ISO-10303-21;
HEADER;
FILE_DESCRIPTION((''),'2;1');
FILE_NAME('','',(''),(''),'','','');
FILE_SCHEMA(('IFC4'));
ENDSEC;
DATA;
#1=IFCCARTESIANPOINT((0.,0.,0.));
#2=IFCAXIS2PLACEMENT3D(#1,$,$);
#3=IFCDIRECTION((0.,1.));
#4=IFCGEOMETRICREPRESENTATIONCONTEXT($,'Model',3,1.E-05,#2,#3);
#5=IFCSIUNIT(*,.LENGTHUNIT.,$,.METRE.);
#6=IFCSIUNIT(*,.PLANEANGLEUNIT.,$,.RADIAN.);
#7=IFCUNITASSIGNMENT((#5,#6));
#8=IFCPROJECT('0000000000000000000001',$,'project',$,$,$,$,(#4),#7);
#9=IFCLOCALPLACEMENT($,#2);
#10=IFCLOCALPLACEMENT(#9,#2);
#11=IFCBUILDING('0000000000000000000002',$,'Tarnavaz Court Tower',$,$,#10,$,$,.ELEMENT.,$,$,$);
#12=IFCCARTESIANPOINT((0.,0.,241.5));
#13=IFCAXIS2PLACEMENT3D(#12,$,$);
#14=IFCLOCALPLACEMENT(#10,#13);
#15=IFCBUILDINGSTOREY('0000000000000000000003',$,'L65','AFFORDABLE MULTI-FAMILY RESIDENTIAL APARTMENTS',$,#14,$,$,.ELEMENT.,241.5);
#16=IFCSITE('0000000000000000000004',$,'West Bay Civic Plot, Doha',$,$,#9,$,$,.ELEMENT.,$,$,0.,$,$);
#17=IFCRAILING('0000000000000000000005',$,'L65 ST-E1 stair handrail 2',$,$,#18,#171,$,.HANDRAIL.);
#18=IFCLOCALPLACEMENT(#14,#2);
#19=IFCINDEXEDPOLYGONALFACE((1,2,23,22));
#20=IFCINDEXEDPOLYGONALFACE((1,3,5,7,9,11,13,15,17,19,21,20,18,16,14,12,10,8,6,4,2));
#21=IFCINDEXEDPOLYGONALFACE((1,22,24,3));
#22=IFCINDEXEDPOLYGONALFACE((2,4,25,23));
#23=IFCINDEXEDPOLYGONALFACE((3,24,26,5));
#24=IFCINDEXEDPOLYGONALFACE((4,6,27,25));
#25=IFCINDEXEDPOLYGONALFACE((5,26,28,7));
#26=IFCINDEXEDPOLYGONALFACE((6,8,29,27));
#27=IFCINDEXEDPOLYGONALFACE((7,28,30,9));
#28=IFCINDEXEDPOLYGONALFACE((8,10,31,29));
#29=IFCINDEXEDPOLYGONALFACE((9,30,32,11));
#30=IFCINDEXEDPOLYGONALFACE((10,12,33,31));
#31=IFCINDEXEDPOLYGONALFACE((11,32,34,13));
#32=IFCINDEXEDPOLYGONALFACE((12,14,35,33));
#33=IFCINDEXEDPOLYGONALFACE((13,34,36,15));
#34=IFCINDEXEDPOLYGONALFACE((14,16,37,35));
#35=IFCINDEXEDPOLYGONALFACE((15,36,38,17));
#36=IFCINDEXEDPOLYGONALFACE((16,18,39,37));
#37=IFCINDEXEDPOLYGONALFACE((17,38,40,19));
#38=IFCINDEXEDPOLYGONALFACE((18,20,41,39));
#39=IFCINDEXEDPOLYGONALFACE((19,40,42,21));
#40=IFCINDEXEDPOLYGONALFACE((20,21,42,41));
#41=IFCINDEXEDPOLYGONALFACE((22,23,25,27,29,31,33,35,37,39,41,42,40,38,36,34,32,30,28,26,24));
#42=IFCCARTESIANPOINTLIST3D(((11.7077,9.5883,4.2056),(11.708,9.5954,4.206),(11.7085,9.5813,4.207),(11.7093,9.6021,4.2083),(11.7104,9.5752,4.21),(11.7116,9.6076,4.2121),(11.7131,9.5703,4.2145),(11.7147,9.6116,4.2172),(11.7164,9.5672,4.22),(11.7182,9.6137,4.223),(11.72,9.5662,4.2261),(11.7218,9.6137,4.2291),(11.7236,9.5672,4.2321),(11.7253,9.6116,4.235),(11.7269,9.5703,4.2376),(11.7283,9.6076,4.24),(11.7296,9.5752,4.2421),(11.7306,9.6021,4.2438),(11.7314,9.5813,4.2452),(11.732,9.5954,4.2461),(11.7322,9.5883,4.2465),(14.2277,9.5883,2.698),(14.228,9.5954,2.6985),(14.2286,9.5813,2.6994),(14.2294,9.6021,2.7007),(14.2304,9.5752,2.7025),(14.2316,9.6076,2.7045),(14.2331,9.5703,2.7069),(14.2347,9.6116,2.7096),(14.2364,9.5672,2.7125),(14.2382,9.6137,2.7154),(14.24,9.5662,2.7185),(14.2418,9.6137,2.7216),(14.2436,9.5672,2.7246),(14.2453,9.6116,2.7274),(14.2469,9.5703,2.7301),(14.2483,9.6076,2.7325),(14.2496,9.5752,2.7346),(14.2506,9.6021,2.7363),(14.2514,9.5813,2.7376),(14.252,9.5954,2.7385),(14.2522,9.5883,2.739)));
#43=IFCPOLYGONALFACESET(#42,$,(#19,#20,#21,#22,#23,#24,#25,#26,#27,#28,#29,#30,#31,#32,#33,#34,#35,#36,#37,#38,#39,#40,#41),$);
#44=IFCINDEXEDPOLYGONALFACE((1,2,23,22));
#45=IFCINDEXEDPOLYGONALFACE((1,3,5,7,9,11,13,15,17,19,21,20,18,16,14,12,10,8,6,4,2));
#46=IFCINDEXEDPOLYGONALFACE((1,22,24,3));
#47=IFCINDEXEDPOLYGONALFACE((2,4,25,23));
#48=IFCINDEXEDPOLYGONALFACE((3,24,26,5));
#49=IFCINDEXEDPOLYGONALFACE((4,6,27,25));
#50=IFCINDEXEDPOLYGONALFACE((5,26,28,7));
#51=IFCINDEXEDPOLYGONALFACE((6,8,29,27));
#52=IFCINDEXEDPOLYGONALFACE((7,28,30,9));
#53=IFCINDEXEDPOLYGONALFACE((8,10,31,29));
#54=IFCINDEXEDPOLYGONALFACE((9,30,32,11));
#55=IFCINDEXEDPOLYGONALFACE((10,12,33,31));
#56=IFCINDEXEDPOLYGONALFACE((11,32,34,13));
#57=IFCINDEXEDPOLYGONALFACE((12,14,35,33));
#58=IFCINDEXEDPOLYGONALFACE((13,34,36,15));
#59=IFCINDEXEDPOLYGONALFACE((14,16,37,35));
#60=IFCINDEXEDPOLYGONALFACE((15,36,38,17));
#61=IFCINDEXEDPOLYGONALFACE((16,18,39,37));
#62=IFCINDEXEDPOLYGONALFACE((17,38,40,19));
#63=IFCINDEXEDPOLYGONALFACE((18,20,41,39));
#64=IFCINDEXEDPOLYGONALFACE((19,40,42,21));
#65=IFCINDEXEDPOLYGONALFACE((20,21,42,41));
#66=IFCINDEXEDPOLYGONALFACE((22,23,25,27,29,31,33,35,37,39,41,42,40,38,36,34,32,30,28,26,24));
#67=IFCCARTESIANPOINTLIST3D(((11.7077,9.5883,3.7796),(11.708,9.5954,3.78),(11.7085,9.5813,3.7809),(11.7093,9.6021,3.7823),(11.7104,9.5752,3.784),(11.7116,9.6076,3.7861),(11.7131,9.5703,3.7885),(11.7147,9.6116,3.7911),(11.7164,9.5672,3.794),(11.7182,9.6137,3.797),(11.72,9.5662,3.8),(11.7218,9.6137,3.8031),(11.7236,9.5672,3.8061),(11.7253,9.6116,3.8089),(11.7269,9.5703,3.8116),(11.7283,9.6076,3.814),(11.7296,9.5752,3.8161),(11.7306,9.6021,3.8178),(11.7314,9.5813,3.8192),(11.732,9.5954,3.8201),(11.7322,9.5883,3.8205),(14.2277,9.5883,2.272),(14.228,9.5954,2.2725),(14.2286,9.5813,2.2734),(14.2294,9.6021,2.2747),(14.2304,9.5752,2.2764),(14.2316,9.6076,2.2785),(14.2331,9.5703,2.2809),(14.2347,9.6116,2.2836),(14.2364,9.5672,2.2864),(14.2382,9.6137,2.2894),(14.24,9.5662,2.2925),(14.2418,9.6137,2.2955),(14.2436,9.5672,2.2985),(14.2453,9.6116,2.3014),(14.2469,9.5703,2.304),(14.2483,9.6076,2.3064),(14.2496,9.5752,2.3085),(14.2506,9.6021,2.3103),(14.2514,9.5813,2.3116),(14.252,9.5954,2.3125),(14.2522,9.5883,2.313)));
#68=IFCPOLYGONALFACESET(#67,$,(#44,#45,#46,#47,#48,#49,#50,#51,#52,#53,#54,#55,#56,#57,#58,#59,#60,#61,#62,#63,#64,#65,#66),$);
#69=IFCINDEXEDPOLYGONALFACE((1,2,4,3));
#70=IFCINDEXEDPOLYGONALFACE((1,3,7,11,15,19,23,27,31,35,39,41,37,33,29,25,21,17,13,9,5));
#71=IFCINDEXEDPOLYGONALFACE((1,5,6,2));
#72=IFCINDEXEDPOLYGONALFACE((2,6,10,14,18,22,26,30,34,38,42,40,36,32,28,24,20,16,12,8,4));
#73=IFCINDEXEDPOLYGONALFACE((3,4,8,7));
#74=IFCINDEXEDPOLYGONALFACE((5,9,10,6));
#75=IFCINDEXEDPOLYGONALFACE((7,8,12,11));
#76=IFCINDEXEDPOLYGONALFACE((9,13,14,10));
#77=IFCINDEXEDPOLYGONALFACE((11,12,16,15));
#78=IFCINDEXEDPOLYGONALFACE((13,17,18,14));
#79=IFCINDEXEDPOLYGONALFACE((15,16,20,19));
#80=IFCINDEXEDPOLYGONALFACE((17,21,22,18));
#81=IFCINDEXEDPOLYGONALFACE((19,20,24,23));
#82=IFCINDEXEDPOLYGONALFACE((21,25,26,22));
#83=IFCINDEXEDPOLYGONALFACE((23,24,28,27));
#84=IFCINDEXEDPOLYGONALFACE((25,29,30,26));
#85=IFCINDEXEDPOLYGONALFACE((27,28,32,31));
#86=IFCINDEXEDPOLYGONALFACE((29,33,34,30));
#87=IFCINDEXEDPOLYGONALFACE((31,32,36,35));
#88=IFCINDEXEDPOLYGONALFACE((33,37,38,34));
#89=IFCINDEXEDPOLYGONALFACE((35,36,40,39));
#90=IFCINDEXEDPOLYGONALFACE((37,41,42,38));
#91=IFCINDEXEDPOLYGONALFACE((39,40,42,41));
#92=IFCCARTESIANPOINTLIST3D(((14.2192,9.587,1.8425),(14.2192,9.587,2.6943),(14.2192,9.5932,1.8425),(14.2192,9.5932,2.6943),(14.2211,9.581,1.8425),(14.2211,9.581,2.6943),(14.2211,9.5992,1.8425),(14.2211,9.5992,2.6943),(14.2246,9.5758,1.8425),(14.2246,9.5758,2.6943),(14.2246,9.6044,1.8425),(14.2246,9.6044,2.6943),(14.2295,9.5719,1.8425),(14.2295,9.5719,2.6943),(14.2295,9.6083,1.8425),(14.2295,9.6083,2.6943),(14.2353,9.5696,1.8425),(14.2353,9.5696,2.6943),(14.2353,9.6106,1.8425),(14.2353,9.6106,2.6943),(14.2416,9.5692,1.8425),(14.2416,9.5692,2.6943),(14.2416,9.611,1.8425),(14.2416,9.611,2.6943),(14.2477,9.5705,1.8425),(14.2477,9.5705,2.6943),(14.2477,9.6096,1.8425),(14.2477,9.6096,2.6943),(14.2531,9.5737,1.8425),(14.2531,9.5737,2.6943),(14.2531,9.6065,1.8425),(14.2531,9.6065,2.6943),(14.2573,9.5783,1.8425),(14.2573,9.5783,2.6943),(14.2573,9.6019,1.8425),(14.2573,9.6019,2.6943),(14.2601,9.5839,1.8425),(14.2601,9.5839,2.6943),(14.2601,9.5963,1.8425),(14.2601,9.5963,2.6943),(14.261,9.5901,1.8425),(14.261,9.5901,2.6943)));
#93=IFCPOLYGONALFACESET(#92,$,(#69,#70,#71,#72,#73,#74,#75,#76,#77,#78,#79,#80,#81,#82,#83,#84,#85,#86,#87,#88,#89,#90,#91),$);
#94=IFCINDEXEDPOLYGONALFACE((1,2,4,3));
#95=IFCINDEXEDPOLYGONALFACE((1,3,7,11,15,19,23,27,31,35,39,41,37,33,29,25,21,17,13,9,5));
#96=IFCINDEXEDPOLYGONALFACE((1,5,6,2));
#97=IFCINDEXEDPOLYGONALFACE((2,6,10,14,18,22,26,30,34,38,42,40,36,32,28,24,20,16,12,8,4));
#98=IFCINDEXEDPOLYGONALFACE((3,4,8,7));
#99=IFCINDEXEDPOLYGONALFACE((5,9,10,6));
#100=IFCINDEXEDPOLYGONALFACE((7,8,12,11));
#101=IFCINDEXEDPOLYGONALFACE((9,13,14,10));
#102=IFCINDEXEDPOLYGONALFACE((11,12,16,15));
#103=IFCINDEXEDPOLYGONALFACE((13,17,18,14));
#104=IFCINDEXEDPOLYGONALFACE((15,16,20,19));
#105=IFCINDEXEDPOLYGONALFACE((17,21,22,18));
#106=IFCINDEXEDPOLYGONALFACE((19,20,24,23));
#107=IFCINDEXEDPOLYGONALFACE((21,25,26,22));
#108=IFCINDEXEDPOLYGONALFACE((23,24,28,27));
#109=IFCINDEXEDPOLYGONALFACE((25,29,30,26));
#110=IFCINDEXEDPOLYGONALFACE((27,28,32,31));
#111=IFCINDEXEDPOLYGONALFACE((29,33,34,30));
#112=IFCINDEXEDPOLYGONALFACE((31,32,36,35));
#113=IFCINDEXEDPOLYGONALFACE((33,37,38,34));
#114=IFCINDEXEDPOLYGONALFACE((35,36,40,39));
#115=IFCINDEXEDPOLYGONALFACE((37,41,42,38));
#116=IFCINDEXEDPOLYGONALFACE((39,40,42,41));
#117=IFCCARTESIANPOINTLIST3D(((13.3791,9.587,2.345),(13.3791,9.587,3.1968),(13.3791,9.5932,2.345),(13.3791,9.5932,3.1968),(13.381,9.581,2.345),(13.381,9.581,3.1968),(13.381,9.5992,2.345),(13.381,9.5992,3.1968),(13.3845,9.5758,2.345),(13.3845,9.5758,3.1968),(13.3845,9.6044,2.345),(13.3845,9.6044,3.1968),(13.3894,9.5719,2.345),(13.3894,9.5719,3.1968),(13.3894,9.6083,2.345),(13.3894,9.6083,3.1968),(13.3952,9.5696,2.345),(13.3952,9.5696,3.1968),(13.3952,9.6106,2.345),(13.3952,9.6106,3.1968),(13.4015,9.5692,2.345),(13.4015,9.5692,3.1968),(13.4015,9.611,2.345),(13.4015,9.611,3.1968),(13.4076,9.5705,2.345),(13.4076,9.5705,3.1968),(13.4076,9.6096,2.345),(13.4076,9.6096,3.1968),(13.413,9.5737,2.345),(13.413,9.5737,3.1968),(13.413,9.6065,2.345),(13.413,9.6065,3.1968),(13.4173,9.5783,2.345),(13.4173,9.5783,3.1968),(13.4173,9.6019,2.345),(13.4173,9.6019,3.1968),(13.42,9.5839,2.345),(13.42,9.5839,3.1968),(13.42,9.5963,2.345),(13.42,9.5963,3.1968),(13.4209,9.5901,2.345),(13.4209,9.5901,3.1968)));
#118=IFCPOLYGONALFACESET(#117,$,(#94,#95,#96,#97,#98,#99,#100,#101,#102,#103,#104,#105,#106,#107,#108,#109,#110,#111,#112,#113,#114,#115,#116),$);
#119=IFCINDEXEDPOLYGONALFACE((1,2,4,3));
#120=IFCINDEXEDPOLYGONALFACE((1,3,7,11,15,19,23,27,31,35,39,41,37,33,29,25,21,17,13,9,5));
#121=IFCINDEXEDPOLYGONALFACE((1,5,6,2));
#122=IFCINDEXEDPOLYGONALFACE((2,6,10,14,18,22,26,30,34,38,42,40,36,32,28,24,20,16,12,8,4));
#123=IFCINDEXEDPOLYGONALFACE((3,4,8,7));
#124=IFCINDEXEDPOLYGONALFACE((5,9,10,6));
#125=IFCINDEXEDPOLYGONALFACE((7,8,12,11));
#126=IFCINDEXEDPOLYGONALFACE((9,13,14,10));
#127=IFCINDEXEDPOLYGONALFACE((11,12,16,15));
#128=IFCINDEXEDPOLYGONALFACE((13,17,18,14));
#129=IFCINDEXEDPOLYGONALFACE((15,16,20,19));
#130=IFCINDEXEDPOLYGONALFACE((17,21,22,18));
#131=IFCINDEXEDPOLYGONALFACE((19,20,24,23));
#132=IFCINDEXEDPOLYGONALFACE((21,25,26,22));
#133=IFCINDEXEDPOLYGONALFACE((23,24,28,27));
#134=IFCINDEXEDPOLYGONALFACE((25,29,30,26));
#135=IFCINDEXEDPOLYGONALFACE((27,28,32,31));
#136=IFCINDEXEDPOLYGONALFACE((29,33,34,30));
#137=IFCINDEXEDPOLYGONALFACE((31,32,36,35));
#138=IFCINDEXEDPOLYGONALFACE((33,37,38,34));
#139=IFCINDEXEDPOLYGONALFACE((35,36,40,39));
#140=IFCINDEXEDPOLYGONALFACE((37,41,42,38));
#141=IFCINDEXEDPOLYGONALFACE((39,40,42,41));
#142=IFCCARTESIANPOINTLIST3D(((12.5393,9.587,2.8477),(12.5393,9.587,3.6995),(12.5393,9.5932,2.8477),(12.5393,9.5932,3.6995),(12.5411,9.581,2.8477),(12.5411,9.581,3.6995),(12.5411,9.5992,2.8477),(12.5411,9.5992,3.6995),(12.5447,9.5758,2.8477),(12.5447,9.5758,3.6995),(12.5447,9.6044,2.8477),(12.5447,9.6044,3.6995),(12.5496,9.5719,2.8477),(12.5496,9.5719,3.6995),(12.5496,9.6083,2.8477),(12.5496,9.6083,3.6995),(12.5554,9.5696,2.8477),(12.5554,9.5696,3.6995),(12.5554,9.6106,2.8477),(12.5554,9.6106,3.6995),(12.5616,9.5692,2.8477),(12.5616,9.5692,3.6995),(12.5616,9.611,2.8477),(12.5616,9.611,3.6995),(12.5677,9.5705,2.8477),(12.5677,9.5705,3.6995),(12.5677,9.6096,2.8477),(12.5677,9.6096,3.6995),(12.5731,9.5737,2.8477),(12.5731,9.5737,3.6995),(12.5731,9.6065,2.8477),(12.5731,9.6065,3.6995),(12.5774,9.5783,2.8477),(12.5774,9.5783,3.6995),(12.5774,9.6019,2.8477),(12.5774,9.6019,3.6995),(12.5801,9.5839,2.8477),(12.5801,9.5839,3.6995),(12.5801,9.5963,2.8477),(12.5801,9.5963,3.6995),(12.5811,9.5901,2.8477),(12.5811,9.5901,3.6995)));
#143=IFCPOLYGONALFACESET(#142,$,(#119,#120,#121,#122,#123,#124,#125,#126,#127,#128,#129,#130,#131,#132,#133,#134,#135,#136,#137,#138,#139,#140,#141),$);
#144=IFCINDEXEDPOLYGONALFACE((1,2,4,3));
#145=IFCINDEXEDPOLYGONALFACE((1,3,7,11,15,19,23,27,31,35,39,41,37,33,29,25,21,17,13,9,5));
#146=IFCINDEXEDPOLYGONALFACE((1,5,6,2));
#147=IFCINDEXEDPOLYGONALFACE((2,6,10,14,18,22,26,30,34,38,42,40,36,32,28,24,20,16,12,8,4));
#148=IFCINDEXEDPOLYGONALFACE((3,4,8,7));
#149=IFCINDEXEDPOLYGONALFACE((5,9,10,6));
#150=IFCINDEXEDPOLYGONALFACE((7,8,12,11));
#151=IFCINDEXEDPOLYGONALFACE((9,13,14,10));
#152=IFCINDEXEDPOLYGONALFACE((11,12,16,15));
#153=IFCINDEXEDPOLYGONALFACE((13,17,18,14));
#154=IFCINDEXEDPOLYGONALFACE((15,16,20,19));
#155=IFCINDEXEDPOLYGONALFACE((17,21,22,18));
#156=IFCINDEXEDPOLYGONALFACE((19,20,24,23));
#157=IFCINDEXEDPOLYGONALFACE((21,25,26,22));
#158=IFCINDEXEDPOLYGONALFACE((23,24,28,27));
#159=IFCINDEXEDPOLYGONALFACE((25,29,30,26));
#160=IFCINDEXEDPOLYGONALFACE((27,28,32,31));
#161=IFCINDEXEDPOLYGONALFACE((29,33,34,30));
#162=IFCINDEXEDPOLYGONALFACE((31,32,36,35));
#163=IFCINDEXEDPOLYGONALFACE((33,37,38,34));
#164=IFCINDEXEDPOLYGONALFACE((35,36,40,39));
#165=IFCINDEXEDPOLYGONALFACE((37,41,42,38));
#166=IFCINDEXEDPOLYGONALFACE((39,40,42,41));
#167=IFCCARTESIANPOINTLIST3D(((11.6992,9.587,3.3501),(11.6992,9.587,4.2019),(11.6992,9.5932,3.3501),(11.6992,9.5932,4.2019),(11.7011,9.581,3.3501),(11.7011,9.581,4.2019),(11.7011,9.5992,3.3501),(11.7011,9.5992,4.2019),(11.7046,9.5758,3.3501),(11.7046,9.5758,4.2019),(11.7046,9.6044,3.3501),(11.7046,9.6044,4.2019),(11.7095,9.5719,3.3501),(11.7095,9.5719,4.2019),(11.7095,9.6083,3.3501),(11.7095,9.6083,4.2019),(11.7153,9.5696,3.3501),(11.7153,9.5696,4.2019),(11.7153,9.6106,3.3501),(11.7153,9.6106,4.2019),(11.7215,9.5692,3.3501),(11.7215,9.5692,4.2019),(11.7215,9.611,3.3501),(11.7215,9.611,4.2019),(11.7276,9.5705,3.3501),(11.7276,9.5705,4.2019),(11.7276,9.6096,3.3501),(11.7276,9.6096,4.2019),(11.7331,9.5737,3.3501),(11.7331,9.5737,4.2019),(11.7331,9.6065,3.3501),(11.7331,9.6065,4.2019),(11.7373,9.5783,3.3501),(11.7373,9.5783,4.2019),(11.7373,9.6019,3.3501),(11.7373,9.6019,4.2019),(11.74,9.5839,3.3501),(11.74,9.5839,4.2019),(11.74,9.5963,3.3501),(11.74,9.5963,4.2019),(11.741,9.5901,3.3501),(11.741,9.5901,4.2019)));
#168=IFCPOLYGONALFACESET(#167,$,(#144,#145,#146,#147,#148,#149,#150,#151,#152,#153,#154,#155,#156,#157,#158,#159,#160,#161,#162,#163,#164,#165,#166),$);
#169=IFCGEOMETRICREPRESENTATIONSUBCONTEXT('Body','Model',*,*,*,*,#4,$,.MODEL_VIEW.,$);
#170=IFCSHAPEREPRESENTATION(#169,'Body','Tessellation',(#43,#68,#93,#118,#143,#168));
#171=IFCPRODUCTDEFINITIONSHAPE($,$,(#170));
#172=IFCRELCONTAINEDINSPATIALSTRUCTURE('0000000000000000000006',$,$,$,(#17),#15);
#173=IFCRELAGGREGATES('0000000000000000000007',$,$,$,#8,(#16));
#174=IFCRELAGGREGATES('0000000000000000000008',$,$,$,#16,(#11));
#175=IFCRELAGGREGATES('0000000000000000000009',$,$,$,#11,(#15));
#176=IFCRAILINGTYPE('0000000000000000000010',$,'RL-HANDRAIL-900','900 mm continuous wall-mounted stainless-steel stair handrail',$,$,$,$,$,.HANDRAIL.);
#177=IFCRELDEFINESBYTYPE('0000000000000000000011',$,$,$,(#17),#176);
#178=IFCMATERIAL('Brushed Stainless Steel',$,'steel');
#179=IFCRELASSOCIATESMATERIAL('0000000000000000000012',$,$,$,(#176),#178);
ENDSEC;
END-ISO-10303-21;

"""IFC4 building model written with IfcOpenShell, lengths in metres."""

from ifc_helpers import new_model, si_unit, direction, frame, origin, origin_2d, place, context, subcontext, project, spatial, circle, extrude, material, type_object, element, save


model = new_model("IFC4")

# Units and contexts
model_context = context("Model", 3, precision=1e-05, world=origin(), true_north=direction((0.0, 1.0)))
body_context = subcontext(model_context, "Body", "Model", "MODEL_VIEW")
ifc_project = project(units=[si_unit("LENGTHUNIT", "METRE"), si_unit("PLANEANGLEUNIT", "RADIAN")], contexts=[model_context])

# Site, building, storey
site_placement = place(None, origin())
site = spatial("IfcSite", under=ifc_project, at=site_placement, Name="West Bay Civic Plot, Doha", CompositionType="ELEMENT", RefElevation=0.0)
building_placement = place(site_placement, origin())
building = spatial("IfcBuilding", under=site, at=building_placement, Name="Tarnavaz Court Tower", CompositionType="ELEMENT")
storey_placement = place(building_placement, frame((0.0, 0.0, 241.5)))
storey = spatial("IfcBuildingStorey", under=building, at=storey_placement, Name="L65", Description="AFFORDABLE MULTI-FAMILY RESIDENTIAL APARTMENTS", CompositionType="ELEMENT", Elevation=241.5)

# Railing
ifc_material_1 = material(Name="Brushed Stainless Steel", Category="steel")
railing_type = type_object("IfcRailingType", Name="RL-HANDRAIL-900", Description="900 mm continuous wall-mounted stainless-steel stair handrail", PredefinedType="HANDRAIL", material=ifc_material_1)
railing_placement = place(storey_placement, frame((14.24, 9.5901, 1.8425)))
element("IfcRailing", 1, at=railing_placement, inside=storey, type_object=railing_type, Name="L65 ST-E1 stair handrail 2", PredefinedType="HANDRAIL", context=body_context, shape_type="SweptSolid", body=[
    extrude(circle(Radius=0.0239, at=origin_2d()), frame((0.0, 0.0, 0.876), z_axis=(-0.85816, 0.0, 0.513383), x_axis=(0.0, -1.0, 0.0)), (0.0, 0.0, 1.0), 2.9365),
    extrude(circle(Radius=0.0239, at=origin_2d()), frame((0.0, 0.0, 0.45), z_axis=(-0.85816, 0.0, 0.513383), x_axis=(0.0, -1.0, 0.0)), (0.0, 0.0, 1.0), 2.9365),
    extrude(circle(Radius=0.021, at=origin_2d()), origin(), (0.0, 0.0, 1.0), 0.8518),
    extrude(circle(Radius=0.021, at=origin_2d()), frame((-0.8401, 0.0, 0.5024)), (0.0, 0.0, 1.0), 0.8518),
    extrude(circle(Radius=0.021, at=origin_2d()), frame((-1.6799, 0.0, 1.0051)), (0.0, 0.0, 1.0), 0.8518),
    extrude(circle(Radius=0.021, at=origin_2d()), frame((-2.52, 0.0, 1.5076)), (0.0, 0.0, 1.0), 0.8518),
])

save(model, "model.ifc")
